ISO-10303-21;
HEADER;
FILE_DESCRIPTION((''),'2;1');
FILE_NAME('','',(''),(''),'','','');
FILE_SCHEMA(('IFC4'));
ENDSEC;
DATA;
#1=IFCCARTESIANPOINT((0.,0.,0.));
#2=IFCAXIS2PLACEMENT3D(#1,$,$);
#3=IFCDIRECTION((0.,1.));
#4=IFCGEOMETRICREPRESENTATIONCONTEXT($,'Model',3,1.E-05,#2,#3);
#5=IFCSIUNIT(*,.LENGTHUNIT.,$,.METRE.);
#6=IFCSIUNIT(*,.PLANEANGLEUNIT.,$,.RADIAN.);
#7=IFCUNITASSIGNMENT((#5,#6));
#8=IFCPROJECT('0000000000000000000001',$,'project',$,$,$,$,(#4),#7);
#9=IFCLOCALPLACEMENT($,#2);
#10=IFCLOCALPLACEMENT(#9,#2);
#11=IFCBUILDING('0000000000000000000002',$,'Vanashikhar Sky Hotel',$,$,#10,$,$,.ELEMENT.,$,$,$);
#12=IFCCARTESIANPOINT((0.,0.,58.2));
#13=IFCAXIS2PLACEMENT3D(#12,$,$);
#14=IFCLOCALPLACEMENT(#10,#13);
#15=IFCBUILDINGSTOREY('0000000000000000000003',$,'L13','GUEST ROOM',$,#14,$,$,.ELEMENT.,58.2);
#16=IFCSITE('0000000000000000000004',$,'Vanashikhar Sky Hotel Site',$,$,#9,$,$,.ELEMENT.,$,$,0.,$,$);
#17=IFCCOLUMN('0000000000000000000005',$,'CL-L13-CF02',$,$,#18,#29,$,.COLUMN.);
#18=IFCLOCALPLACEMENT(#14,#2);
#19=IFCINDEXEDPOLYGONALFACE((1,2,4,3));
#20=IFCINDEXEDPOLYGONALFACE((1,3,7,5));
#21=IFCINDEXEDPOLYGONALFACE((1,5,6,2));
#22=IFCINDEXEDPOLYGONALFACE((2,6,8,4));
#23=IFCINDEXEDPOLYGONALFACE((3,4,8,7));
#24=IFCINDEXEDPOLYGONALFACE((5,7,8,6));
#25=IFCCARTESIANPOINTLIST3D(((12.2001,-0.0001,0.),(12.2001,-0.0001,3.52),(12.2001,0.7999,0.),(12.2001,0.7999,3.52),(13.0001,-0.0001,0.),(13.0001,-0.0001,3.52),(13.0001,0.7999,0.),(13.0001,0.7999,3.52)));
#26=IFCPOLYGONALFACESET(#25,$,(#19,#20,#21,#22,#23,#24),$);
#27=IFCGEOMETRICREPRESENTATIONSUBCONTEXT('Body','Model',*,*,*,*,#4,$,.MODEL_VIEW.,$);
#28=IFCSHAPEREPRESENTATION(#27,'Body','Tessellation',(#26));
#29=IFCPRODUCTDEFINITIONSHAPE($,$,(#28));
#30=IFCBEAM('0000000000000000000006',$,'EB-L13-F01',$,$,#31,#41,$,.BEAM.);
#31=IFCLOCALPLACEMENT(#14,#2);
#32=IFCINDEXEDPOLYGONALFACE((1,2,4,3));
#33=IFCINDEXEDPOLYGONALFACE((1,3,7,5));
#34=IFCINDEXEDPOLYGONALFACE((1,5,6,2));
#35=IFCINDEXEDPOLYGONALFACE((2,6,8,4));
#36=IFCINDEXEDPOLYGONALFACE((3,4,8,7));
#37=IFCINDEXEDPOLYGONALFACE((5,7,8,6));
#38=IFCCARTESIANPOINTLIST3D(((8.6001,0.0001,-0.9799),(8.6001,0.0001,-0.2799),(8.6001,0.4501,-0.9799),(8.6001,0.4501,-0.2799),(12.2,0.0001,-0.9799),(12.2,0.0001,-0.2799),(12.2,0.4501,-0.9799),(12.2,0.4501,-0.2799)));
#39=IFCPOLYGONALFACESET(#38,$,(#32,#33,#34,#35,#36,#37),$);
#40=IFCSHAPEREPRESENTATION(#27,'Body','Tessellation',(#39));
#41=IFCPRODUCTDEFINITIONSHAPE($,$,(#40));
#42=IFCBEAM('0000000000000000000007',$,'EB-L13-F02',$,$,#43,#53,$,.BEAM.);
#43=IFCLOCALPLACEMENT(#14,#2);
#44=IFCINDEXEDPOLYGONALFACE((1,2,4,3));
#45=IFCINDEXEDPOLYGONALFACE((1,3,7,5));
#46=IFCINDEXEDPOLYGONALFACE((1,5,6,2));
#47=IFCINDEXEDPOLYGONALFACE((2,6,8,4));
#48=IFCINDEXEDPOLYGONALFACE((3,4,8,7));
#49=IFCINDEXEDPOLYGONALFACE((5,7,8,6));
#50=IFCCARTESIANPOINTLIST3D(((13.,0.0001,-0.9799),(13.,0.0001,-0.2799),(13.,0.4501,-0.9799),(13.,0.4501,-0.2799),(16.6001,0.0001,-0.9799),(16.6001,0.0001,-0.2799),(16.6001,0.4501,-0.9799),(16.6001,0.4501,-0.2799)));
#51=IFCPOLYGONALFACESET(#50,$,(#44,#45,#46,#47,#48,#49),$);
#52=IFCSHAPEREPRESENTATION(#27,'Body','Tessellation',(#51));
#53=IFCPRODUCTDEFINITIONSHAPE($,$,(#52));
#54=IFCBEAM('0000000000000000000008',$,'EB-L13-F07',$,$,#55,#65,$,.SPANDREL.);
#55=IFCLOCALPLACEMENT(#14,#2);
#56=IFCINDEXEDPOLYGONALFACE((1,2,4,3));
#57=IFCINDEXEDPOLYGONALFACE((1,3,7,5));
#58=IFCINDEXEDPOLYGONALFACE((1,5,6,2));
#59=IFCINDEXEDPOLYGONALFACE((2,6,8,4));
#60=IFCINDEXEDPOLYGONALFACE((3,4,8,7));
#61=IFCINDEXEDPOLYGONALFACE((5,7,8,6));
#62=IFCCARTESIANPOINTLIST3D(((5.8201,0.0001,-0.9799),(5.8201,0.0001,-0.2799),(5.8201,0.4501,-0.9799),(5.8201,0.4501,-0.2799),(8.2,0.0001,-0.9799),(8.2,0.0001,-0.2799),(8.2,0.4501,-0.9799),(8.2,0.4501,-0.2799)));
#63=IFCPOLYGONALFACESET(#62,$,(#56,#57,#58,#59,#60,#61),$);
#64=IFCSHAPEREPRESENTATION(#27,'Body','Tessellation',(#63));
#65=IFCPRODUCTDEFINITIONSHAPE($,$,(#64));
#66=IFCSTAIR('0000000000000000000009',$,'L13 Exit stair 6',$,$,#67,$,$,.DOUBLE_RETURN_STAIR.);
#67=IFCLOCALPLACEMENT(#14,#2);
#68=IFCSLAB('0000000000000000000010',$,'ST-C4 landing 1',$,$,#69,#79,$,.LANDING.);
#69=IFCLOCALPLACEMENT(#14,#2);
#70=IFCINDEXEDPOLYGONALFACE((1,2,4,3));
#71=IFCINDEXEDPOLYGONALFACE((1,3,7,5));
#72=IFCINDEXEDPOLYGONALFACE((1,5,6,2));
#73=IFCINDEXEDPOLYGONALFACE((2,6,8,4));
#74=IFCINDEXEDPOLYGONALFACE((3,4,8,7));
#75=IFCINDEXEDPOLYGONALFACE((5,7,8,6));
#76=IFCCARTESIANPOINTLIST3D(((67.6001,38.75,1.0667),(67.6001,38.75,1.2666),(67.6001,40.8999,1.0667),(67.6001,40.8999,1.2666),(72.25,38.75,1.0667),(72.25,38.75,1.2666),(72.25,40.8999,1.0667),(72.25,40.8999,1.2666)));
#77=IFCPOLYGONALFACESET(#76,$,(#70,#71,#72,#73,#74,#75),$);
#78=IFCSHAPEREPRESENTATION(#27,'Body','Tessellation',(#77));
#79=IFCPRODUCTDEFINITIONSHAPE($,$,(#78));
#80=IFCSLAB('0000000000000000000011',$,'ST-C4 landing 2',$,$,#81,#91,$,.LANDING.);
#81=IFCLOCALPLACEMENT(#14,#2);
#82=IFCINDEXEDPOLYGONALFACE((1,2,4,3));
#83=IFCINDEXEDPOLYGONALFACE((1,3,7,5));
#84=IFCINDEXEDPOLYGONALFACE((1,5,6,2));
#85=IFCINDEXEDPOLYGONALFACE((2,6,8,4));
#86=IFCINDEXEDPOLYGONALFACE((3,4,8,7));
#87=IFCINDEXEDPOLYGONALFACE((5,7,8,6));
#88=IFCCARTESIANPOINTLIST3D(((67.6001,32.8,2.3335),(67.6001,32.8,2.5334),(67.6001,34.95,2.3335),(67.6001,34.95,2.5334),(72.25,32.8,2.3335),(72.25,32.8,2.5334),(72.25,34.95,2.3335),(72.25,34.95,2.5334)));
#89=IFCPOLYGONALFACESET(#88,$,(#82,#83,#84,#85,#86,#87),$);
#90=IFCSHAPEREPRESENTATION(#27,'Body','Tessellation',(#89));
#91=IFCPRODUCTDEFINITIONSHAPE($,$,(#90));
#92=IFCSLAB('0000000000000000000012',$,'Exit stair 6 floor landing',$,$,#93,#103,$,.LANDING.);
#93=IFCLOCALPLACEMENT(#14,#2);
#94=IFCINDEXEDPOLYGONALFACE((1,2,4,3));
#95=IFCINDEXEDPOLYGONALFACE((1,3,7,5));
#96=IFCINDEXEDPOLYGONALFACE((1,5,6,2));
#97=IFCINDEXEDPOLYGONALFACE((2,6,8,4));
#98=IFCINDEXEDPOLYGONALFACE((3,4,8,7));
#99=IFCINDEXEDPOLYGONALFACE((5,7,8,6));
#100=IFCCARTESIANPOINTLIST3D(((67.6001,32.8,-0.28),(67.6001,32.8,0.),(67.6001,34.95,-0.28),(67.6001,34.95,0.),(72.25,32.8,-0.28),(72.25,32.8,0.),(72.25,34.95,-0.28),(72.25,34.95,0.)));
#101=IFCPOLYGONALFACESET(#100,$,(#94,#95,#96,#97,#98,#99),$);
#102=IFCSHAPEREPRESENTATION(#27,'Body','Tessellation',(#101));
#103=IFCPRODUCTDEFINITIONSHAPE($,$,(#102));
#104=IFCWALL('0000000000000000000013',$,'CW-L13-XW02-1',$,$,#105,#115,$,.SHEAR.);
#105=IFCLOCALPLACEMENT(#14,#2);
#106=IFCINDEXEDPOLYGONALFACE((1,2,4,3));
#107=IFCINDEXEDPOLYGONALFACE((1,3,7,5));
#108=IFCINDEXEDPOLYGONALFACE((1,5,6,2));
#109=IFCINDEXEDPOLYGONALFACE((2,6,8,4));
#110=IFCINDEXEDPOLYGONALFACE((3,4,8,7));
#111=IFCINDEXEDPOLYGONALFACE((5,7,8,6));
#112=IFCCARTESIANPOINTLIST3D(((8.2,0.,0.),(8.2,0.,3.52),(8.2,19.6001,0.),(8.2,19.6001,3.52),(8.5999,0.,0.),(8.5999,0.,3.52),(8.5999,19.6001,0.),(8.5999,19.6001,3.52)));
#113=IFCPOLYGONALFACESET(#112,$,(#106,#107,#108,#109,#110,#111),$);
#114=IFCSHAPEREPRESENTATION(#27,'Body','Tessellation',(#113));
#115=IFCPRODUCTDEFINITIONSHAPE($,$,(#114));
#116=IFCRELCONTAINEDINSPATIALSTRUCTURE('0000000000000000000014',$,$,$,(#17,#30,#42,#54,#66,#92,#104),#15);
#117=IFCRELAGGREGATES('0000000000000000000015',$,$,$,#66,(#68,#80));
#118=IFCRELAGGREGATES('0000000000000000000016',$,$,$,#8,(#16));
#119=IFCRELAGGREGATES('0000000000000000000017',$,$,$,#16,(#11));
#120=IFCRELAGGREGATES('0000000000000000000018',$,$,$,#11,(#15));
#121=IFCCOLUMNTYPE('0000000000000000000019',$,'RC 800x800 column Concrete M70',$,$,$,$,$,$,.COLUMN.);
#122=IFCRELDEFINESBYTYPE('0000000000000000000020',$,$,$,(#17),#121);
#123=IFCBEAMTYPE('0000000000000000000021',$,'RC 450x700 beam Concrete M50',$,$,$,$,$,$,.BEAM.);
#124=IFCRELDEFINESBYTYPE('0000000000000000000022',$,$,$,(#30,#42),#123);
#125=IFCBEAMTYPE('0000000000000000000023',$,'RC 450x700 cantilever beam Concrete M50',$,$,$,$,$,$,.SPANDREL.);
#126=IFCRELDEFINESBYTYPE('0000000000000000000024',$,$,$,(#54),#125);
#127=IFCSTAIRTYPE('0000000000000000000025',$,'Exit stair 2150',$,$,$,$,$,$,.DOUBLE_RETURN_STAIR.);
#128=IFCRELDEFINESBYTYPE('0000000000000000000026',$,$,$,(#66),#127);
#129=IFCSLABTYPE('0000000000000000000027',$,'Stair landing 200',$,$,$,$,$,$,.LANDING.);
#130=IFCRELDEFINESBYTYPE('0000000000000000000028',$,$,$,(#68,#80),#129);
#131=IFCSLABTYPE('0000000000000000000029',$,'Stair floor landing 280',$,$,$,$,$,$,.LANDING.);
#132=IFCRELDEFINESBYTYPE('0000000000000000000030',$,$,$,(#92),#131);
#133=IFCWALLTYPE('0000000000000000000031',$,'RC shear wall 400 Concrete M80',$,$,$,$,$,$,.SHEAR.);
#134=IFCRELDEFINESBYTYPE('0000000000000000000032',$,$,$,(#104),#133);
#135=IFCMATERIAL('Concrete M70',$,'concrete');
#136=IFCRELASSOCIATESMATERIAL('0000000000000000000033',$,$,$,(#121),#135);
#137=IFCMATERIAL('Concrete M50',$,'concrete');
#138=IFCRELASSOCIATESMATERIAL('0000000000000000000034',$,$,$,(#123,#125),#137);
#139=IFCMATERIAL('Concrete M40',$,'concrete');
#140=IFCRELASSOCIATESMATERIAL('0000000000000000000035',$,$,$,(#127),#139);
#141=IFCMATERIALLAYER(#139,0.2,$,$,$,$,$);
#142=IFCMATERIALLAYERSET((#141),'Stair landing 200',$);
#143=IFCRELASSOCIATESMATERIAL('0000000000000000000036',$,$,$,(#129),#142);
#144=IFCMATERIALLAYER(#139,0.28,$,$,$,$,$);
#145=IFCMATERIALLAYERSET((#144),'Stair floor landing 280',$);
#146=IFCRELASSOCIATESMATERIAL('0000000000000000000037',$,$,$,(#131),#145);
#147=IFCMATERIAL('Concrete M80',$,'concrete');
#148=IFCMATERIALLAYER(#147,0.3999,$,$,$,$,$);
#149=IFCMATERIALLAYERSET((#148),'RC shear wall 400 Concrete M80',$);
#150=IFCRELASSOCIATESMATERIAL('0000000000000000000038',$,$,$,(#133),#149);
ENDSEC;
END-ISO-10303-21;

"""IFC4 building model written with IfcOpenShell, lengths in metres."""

from ifc_helpers import new_model, si_unit, direction, frame, frame_2d, origin, origin_2d, place, context, subcontext, project, spatial, polyline, rectangle, outline, extrude, source, transform, mapped, material, layer, layer_set, material_profile, profile_set, type_object, element, aggregate, save


model = new_model("IFC4")

# Units and contexts
model_context = context("Model", 3, precision=1e-05, world=origin(), true_north=direction((0.0, 1.0)))
body_context = subcontext(model_context, "Body", "Model", "MODEL_VIEW")
ifc_project = project(units=[si_unit("LENGTHUNIT", "METRE"), si_unit("PLANEANGLEUNIT", "RADIAN")], contexts=[model_context])

# Site, building, storey
site_placement = place(None, origin())
site = spatial("IfcSite", under=ifc_project, at=site_placement, Name="Vanashikhar Sky Hotel Site", CompositionType="ELEMENT", RefElevation=0.0)
building_placement = place(site_placement, origin())
building = spatial("IfcBuilding", under=site, at=building_placement, Name="Vanashikhar Sky Hotel", CompositionType="ELEMENT")
storey_placement = place(building_placement, frame((0.0, 0.0, 58.2)))
storey = spatial("IfcBuildingStorey", under=building, at=storey_placement, Name="L13", Description="GUEST ROOM", CompositionType="ELEMENT", Elevation=58.2)

# Column
ifc_material_1 = material(Name="Concrete M70", Category="concrete")
ifc_material_profile_1 = material_profile(ifc_material_1, rectangle(XDim=0.8, YDim=0.8, at=origin_2d()))
ifc_profile_set_1 = profile_set([ifc_material_profile_1], Name="RC 800x800 column Concrete M70")
column_type = type_object("IfcColumnType", Name="RC 800x800 column Concrete M70", PredefinedType="COLUMN", material=ifc_profile_set_1)
shared_shape_1 = source(origin(), body_context, "Body", "SweptSolid", [
    extrude(rectangle(XDim=0.8, YDim=0.8, at=origin_2d()), origin(), (0.0, 0.0, 1.0), 3.52),
])
column_placement = place(storey_placement, frame((12.6001, 0.3999, 0.0), z_axis=(0.0, 0.0, 1.0), x_axis=(1.0, 0.0, 0.0)))
element("IfcColumn", 1, at=column_placement, inside=storey, type_object=column_type, Name="CL-L13-CF02", PredefinedType="COLUMN", context=body_context, shape_type="MappedRepresentation", body=[
    mapped(shared_shape_1, transform((0.0, 0.0, 0.0), scale=1.0)),
])

# Beams
ifc_material_2 = material(Name="Concrete M50", Category="concrete")
ifc_material_profile_2 = material_profile(ifc_material_2, rectangle(XDim=0.45, YDim=0.7, at=origin_2d()))
ifc_profile_set_2 = profile_set([ifc_material_profile_2], Name="RC 450x700 beam Concrete M50")
beam_type_1 = type_object("IfcBeamType", Name="RC 450x700 beam Concrete M50", PredefinedType="BEAM", material=ifc_profile_set_2)
shared_shape_2 = source(origin(), body_context, "Body", "SweptSolid", [
    extrude(rectangle(XDim=0.45, YDim=0.7, at=origin_2d()), origin(), (0.0, 0.0, 1.0), 3.5999),
])
beam_1_placement = place(storey_placement, frame((8.6001, 0.2251, -0.6299), z_axis=(1.0, 0.0, 0.0), x_axis=(0.0, 1.0, 0.0)))
element("IfcBeam", 2, at=beam_1_placement, inside=storey, type_object=beam_type_1, Name="EB-L13-F01", PredefinedType="BEAM", context=body_context, shape_type="MappedRepresentation", body=[
    mapped(shared_shape_2, transform((0.0, 0.0, 0.0), scale=1.0)),
])
shared_shape_3 = source(origin(), body_context, "Body", "SweptSolid", [
    extrude(rectangle(XDim=0.45, YDim=0.7, at=origin_2d()), origin(), (0.0, 0.0, 1.0), 3.6001),
])
beam_2_placement = place(storey_placement, frame((13.0, 0.2251, -0.6299), z_axis=(1.0, 0.0, 0.0), x_axis=(0.0, 1.0, 0.0)))
element("IfcBeam", 3, at=beam_2_placement, inside=storey, type_object=beam_type_1, Name="EB-L13-F02", PredefinedType="BEAM", context=body_context, shape_type="MappedRepresentation", body=[
    mapped(shared_shape_3, transform((0.0, 0.0, 0.0), scale=1.0)),
])
ifc_material_profile_3 = material_profile(ifc_material_2, rectangle(XDim=0.45, YDim=0.7, at=origin_2d()))
ifc_profile_set_3 = profile_set([ifc_material_profile_3], Name="RC 450x700 cantilever beam Concrete M50")
beam_type_2 = type_object("IfcBeamType", Name="RC 450x700 cantilever beam Concrete M50", PredefinedType="SPANDREL", material=ifc_profile_set_3)
shared_shape_4 = source(origin(), body_context, "Body", "SweptSolid", [
    extrude(rectangle(XDim=0.45, YDim=0.7, at=origin_2d()), origin(), (0.0, 0.0, 1.0), 2.3799),
])
beam_3_placement = place(storey_placement, frame((5.8201, 0.2251, -0.6299), z_axis=(1.0, 0.0, 0.0), x_axis=(0.0, 1.0, 0.0)))
element("IfcBeam", 4, at=beam_3_placement, inside=storey, type_object=beam_type_2, Name="EB-L13-F07", PredefinedType="SPANDREL", context=body_context, shape_type="MappedRepresentation", body=[
    mapped(shared_shape_4, transform((0.0, 0.0, 0.0), scale=1.0)),
])

# Stair, slabs
ifc_material_3 = material(Name="Concrete M40", Category="concrete")
stair_type = type_object("IfcStairType", Name="Exit stair 2150", PredefinedType="DOUBLE_RETURN_STAIR", material=ifc_material_3)
stair_placement = place(storey_placement, origin())
stair = element("IfcStair", 5, at=stair_placement, inside=storey, type_object=stair_type, Name="L13 Exit stair 6", PredefinedType="DOUBLE_RETURN_STAIR")
ifc_layer_1 = layer(ifc_material_3, 0.2)
ifc_layer_set_1 = layer_set([ifc_layer_1], Name="Stair landing 200")
slab_type_1 = type_object("IfcSlabType", Name="Stair landing 200", PredefinedType="LANDING", material=ifc_layer_set_1)
shared_shape_5 = source(origin(), body_context, "Body", "SweptSolid", [
    extrude(outline(polyline([(72.25, 38.75), (72.25, 40.8999), (67.6001, 40.8999), (67.6001, 38.75), (72.25, 38.75)])), origin(), (0.0, 0.0, 1.0), 0.2),
])
slab_1_placement = place(storey_placement, frame((0.0, 0.0, 1.0667)))
slab_1 = element("IfcSlab", 6, at=slab_1_placement, type_object=slab_type_1, Name="ST-C4 landing 1", PredefinedType="LANDING", context=body_context, shape_type="MappedRepresentation", body=[
    mapped(shared_shape_5, transform((0.0, 0.0, 0.0), scale=1.0)),
])
shared_shape_6 = source(origin(), body_context, "Body", "SweptSolid", [
    extrude(outline(polyline([(72.25, 32.8), (72.25, 34.95), (67.6001, 34.95), (67.6001, 32.8), (72.25, 32.8)])), origin(), (0.0, 0.0, 1.0), 0.2),
])
slab_2_placement = place(storey_placement, frame((0.0, 0.0, 2.3335)))
slab_2 = element("IfcSlab", 7, at=slab_2_placement, type_object=slab_type_1, Name="ST-C4 landing 2", PredefinedType="LANDING", context=body_context, shape_type="MappedRepresentation", body=[
    mapped(shared_shape_6, transform((0.0, 0.0, 0.0), scale=1.0)),
])
aggregate(stair, [slab_1, slab_2])

# Slab
ifc_layer_2 = layer(ifc_material_3, 0.28)
ifc_layer_set_2 = layer_set([ifc_layer_2], Name="Stair floor landing 280")
slab_type_2 = type_object("IfcSlabType", Name="Stair floor landing 280", PredefinedType="LANDING", material=ifc_layer_set_2)
shared_shape_7 = source(origin(), body_context, "Body", "SweptSolid", [
    extrude(outline(polyline([(72.25, 32.8), (72.25, 34.95), (67.6001, 34.95), (67.6001, 32.8), (72.25, 32.8)])), origin(), (0.0, 0.0, 1.0), 0.28),
])
slab_3_placement = place(storey_placement, frame((0.0, 0.0, -0.28)))
element("IfcSlab", 8, at=slab_3_placement, inside=storey, type_object=slab_type_2, Name="Exit stair 6 floor landing", PredefinedType="LANDING", context=body_context, shape_type="MappedRepresentation", body=[
    mapped(shared_shape_7, transform((0.0, 0.0, 0.0), scale=1.0)),
])

# Wall
ifc_material_4 = material(Name="Concrete M80", Category="concrete")
ifc_layer_3 = layer(ifc_material_4, 0.3999)
ifc_layer_set_3 = layer_set([ifc_layer_3], Name="RC shear wall 400 Concrete M80")
wall_type_1 = type_object("IfcWallType", Name="RC shear wall 400 Concrete M80", PredefinedType="SHEAR", material=ifc_layer_set_3)
shared_shape_8 = source(origin(), body_context, "Body", "SweptSolid", [
    extrude(rectangle(XDim=19.6001, YDim=0.3999, at=frame_2d((9.8, 0.0))), origin(), (0.0, 0.0, 1.0), 3.52),
])
wall_1_placement = place(storey_placement, frame((8.3999, 0.0, 0.0), z_axis=(0.0, 0.0, 1.0), x_axis=(0.0, 1.0, 0.0)))
element("IfcWall", 9, at=wall_1_placement, inside=storey, type_object=wall_type_1, Name="CW-L13-XW02-1", PredefinedType="SHEAR", context=body_context, shape_type="MappedRepresentation", body=[
    mapped(shared_shape_8, transform((0.0, 0.0, 0.0), scale=1.0)),
])

save(model, "model.ifc")
